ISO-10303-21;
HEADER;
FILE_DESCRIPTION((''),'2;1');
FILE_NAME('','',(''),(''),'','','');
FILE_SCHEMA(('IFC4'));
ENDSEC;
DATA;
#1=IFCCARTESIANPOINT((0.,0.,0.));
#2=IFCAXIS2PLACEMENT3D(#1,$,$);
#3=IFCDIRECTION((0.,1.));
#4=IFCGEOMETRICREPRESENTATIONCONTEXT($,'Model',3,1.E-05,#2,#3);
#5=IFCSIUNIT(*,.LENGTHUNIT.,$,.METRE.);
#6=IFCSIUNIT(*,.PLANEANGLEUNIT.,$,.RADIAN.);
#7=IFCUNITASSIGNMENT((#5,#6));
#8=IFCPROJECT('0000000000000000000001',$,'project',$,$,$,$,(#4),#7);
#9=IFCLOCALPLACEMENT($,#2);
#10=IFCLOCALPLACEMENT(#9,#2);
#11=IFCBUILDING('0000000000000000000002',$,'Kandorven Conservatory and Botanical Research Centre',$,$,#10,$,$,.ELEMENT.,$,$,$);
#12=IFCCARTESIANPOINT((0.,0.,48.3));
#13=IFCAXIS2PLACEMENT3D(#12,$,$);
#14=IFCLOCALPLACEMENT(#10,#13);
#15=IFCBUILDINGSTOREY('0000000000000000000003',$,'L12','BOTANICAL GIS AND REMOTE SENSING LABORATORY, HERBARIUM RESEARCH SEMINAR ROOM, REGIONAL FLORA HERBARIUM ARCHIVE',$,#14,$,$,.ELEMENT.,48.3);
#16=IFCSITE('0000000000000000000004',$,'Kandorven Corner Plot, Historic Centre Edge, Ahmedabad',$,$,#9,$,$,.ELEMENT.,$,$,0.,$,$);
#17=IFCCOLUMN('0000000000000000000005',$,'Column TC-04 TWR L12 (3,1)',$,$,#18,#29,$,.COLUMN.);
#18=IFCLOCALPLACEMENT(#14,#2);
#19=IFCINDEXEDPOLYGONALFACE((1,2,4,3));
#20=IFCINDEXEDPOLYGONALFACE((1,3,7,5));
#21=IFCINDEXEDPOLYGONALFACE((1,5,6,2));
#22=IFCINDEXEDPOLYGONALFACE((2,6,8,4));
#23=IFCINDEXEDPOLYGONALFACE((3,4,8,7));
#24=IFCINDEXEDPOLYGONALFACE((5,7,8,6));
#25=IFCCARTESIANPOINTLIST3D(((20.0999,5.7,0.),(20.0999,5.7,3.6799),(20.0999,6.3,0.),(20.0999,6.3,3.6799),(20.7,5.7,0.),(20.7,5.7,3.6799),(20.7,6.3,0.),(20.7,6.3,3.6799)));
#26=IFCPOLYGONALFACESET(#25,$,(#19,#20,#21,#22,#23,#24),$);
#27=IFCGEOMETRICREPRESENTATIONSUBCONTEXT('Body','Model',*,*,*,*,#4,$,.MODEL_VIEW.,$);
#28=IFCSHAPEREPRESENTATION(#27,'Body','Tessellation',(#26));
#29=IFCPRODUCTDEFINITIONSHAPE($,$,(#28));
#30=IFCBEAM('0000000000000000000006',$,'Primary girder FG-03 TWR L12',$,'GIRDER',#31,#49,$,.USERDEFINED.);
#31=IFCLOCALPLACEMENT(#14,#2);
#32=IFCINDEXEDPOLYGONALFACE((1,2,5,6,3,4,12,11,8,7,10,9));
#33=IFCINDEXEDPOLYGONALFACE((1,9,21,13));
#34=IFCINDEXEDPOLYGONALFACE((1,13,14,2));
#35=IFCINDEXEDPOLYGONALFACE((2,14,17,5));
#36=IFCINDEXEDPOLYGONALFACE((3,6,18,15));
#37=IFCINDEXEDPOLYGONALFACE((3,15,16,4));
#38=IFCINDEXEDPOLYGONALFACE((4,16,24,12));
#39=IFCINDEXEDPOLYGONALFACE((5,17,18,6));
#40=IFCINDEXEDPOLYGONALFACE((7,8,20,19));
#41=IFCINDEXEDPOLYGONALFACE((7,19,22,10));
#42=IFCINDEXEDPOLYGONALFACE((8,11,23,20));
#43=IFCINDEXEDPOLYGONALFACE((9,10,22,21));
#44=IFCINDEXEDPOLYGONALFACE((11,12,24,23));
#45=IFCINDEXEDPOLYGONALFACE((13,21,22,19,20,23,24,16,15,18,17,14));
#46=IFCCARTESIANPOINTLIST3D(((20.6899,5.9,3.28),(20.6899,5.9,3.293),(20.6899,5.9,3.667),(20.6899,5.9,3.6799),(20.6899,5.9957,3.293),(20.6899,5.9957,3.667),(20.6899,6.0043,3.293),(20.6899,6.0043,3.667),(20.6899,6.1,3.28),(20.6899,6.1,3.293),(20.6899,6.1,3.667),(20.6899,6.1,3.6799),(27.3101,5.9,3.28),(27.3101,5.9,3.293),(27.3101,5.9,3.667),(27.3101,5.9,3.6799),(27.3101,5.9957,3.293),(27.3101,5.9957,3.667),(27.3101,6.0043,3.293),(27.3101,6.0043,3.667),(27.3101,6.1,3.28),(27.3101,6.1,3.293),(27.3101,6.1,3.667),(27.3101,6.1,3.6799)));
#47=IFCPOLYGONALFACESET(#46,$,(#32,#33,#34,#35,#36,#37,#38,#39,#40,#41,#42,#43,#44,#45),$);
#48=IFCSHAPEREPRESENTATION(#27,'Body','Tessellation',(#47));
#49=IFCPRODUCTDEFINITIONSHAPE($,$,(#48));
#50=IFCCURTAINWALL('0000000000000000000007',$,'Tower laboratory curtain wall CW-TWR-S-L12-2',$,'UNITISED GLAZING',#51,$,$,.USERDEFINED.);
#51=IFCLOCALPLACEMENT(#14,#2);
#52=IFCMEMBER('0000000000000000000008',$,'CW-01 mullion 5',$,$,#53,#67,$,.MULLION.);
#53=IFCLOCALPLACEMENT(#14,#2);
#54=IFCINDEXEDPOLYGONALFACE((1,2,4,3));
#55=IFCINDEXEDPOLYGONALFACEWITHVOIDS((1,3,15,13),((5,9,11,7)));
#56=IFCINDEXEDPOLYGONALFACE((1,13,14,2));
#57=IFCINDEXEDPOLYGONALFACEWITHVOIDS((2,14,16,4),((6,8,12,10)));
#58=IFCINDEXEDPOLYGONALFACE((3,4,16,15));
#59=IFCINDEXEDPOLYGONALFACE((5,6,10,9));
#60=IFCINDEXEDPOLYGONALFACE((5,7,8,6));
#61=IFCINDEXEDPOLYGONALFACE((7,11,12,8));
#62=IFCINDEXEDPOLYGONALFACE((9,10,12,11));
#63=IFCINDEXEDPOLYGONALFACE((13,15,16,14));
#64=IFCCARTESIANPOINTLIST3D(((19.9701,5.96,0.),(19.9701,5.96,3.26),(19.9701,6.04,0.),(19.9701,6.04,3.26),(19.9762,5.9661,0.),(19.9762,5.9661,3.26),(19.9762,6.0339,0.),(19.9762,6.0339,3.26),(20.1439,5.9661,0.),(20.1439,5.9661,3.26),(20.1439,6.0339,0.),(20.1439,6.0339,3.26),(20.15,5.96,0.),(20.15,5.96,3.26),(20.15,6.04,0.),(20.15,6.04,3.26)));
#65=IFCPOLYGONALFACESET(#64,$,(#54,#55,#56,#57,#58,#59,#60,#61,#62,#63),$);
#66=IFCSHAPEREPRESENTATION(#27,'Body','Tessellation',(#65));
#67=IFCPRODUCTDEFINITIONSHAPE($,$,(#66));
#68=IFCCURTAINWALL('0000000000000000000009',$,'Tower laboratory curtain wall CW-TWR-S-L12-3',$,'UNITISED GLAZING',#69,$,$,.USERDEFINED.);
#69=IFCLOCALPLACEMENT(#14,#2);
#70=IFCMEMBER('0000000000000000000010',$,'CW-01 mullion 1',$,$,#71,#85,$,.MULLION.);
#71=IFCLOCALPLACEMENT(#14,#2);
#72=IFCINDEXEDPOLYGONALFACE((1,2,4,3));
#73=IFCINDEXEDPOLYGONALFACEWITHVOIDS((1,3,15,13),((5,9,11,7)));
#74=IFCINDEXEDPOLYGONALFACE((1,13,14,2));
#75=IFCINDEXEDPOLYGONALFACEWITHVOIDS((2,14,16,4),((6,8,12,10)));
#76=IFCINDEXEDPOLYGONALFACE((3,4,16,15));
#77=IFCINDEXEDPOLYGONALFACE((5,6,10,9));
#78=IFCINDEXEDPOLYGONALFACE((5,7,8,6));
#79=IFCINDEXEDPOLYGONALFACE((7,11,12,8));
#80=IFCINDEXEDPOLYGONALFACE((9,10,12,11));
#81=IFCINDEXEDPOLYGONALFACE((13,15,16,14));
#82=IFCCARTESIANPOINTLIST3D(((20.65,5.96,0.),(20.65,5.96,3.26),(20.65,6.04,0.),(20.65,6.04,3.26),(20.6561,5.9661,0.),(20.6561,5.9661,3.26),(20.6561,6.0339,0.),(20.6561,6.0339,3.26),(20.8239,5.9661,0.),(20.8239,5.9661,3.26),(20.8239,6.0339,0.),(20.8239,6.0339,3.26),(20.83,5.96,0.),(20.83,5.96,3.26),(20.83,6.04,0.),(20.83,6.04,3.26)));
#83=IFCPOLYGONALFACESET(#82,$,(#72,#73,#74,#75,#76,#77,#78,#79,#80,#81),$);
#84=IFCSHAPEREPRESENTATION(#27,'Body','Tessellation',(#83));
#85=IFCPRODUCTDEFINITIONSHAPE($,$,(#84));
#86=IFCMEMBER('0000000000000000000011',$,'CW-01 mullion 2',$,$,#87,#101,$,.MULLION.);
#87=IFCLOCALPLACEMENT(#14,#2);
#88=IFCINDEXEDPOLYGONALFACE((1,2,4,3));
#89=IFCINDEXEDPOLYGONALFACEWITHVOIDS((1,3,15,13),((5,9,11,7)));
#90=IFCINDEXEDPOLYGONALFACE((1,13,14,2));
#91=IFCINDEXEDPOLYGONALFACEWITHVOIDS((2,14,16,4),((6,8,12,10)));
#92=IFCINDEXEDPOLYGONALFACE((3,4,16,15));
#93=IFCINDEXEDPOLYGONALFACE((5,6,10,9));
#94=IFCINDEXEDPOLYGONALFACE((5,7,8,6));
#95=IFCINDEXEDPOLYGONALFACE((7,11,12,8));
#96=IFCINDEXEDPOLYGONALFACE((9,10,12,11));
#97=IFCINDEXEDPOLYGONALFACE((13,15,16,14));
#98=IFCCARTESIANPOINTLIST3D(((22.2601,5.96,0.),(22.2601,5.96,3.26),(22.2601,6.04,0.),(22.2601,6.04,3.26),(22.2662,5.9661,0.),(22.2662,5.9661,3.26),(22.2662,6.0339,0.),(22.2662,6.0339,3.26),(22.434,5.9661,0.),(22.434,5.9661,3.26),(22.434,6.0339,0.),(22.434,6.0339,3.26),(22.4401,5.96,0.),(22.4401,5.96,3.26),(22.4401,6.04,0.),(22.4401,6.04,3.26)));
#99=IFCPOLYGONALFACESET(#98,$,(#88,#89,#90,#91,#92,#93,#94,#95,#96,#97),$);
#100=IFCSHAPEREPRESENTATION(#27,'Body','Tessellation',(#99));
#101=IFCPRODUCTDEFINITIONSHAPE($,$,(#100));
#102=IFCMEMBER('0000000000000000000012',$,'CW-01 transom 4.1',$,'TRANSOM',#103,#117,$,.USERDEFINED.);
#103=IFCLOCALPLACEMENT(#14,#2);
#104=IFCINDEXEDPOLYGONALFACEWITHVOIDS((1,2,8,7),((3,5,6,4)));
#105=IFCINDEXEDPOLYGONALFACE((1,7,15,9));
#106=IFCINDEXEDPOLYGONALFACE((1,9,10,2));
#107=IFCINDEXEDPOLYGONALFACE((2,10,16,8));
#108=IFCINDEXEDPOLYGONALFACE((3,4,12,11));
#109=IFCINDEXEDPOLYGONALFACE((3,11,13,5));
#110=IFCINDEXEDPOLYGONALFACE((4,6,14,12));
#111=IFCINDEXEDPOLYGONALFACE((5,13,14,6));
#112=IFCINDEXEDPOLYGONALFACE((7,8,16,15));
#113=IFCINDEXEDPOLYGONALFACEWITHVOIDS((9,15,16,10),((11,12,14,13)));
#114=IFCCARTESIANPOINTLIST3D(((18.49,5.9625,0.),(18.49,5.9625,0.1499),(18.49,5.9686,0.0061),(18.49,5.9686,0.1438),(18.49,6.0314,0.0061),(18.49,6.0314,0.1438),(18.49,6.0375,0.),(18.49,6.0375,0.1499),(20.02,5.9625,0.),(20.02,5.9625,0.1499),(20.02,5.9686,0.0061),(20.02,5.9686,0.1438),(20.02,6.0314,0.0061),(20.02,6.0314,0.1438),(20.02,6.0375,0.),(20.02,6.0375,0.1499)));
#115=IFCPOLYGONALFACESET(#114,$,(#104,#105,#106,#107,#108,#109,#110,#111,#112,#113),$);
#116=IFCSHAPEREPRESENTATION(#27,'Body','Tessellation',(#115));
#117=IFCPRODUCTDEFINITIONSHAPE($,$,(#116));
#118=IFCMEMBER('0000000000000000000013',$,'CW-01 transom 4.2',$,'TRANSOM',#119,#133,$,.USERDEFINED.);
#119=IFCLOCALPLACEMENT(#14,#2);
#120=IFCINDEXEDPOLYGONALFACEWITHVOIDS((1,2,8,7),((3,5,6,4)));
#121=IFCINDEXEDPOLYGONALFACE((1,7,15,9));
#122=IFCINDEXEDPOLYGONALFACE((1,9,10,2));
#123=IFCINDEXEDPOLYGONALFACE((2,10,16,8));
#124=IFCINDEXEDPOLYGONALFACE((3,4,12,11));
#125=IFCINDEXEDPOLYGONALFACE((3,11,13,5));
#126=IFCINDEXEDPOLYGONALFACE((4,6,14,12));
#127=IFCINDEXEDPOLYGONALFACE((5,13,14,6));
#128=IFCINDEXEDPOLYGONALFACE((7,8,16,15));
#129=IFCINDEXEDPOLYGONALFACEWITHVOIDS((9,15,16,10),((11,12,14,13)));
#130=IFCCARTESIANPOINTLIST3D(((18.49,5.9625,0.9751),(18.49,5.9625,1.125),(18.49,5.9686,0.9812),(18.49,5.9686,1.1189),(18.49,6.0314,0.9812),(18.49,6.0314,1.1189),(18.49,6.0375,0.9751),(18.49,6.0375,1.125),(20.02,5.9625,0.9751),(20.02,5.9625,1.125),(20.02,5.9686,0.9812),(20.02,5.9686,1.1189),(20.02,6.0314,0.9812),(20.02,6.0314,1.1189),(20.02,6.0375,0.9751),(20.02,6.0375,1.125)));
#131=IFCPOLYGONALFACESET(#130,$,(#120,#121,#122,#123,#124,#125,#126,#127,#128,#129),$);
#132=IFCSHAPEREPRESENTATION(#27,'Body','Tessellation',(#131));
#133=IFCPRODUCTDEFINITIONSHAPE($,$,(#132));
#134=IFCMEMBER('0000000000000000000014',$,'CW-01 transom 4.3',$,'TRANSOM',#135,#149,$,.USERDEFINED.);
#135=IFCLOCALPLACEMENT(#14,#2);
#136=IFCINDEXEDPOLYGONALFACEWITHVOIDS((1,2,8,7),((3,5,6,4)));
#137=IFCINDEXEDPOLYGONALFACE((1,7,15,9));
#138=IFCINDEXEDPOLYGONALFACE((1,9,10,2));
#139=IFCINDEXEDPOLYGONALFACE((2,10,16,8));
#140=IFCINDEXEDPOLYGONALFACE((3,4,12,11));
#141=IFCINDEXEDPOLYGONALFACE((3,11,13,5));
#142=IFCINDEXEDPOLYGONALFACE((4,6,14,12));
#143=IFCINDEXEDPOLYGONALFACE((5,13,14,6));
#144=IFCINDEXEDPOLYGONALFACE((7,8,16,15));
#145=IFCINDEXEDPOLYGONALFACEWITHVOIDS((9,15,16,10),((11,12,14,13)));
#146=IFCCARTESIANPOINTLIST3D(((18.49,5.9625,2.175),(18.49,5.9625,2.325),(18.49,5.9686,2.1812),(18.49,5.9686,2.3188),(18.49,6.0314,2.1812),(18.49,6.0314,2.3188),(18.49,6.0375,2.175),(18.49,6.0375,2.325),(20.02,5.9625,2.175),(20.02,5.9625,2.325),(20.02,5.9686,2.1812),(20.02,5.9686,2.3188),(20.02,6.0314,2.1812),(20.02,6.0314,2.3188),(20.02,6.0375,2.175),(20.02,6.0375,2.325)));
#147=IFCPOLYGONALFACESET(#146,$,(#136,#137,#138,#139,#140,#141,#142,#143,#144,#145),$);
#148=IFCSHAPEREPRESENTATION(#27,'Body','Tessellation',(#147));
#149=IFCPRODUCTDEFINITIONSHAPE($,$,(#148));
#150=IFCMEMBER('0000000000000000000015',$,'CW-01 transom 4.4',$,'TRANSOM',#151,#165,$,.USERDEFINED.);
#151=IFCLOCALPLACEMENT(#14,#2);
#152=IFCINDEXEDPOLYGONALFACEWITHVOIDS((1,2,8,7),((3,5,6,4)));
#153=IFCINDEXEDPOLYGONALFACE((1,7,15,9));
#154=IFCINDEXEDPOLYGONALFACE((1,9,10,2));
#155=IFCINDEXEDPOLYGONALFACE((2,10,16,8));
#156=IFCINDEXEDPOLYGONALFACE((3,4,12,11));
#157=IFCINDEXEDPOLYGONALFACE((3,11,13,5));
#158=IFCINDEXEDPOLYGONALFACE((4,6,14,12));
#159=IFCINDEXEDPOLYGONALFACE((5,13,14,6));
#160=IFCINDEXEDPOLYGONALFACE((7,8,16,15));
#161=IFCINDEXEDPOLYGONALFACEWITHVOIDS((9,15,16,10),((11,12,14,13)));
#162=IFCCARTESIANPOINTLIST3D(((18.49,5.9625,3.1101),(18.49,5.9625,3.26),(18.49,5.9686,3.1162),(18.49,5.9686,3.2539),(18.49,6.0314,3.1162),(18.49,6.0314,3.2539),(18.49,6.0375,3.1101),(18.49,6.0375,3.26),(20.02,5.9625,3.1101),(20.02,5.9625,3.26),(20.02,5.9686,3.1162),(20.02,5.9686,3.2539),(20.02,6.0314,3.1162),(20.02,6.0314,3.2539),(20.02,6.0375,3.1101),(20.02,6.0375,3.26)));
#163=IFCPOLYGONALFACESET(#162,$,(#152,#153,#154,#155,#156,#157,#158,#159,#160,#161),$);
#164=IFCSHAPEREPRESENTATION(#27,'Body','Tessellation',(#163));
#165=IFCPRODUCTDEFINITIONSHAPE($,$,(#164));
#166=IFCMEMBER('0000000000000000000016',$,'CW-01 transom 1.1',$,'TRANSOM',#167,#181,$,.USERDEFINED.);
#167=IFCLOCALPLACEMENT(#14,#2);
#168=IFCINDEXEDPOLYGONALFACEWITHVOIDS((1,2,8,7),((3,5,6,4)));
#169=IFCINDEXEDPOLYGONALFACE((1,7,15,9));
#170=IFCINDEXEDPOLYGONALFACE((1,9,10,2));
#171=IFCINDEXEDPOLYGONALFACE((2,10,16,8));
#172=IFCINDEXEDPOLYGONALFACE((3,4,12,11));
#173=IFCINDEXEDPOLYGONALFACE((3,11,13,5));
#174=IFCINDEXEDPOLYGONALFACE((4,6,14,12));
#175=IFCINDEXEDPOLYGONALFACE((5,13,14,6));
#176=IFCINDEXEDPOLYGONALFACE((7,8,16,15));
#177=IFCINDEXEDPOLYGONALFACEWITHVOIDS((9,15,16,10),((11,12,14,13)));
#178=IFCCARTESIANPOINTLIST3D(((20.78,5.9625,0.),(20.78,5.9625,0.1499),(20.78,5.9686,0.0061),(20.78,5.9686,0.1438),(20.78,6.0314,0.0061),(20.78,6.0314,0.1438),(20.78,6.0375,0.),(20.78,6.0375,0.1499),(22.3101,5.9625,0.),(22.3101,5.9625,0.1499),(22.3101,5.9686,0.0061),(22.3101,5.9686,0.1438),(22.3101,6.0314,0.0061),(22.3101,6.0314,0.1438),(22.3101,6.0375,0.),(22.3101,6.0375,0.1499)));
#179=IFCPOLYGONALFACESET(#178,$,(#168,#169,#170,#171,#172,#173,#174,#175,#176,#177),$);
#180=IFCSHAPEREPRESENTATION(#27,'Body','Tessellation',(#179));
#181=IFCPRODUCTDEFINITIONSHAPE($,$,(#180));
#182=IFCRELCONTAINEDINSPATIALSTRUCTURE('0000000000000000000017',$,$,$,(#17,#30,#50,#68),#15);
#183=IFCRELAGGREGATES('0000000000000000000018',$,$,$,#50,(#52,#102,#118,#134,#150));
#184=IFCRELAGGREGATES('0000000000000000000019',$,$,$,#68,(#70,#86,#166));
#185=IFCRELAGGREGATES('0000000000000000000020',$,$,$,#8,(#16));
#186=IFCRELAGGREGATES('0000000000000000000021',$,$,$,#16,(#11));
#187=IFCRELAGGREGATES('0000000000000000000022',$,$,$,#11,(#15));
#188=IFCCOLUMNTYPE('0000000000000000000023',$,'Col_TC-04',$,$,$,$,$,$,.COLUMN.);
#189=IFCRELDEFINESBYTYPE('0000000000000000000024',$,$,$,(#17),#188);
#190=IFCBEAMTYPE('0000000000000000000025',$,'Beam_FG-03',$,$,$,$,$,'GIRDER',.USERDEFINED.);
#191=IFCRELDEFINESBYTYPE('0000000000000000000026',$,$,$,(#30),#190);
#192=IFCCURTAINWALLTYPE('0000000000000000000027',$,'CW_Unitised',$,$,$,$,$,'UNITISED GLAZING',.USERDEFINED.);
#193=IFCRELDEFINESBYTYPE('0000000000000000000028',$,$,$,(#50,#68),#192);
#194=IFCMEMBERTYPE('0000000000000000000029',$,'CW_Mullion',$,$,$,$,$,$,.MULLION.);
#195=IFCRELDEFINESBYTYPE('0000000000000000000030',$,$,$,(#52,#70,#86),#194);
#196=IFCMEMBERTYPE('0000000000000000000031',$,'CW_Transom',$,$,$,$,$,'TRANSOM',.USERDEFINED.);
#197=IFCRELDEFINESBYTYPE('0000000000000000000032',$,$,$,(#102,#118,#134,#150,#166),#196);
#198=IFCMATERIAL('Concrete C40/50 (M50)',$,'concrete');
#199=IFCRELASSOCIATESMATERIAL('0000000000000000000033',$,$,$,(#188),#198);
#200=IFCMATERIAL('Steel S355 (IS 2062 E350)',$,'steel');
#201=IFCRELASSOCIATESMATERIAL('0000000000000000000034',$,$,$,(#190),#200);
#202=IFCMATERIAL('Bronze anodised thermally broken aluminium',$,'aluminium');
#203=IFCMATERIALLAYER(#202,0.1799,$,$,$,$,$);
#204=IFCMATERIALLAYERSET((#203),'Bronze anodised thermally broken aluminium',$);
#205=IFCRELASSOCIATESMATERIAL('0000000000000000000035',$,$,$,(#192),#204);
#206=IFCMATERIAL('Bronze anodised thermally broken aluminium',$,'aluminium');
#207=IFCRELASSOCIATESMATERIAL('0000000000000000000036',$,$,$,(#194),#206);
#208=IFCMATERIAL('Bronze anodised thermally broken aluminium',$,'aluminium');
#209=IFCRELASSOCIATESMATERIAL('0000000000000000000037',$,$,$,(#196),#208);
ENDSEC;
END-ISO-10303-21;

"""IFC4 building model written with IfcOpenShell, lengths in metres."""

from ifc_helpers import new_model, si_unit, direction, frame, origin, origin_2d, place, context, subcontext, project, spatial, rectangle, hollow_rectangle, i_section, extrude, material, layer, layer_set, material_profile, profile_set, type_object, element, aggregate, save


model = new_model("IFC4")

# Units and contexts
model_context = context("Model", 3, precision=1e-05, world=origin(), true_north=direction((0.0, 1.0)))
body_context = subcontext(model_context, "Body", "Model", "MODEL_VIEW")
ifc_project = project(units=[si_unit("LENGTHUNIT", "METRE"), si_unit("PLANEANGLEUNIT", "RADIAN")], contexts=[model_context])

# Site, building, storey
site_placement = place(None, origin())
site = spatial("IfcSite", under=ifc_project, at=site_placement, Name="Kandorven Corner Plot, Historic Centre Edge, Ahmedabad", CompositionType="ELEMENT", RefElevation=0.0)
building_placement = place(site_placement, origin())
building = spatial("IfcBuilding", under=site, at=building_placement, Name="Kandorven Conservatory and Botanical Research Centre", CompositionType="ELEMENT")
storey_placement = place(building_placement, frame((0.0, 0.0, 48.3)))
storey = spatial("IfcBuildingStorey", under=building, at=storey_placement, Name="L12", Description="BOTANICAL GIS AND REMOTE SENSING LABORATORY, HERBARIUM RESEARCH SEMINAR ROOM, REGIONAL FLORA HERBARIUM ARCHIVE", CompositionType="ELEMENT", Elevation=48.3)

# Column
ifc_material_1 = material(Name="Concrete C40/50 (M50)", Category="concrete")
ifc_material_profile_1 = material_profile(ifc_material_1, rectangle(XDim=0.6001, YDim=0.6001, at=origin_2d()))
ifc_profile_set_1 = profile_set([ifc_material_profile_1], Name="Concrete C40/50 (M50)")
column_type = type_object("IfcColumnType", Name="Col_TC-04", PredefinedType="COLUMN", material=ifc_profile_set_1)
column_placement = place(storey_placement, frame((20.3999, 6.0, 0.0), z_axis=(0.0, 0.0, 1.0), x_axis=(1.0, 0.0, 0.0)))
element("IfcColumn", 1, at=column_placement, inside=storey, type_object=column_type, Name="Column TC-04 TWR L12 (3,1)", PredefinedType="COLUMN", context=body_context, shape_type="SweptSolid", body=[
    extrude(rectangle(XDim=0.6001, YDim=0.6001, at=origin_2d()), origin(), (0.0, 0.0, 1.0), 3.6799),
])

# Beam
ifc_material_2 = material(Name="Steel S355 (IS 2062 E350)", Category="steel")
ifc_material_profile_2 = material_profile(ifc_material_2, i_section(OverallWidth=0.2, OverallDepth=0.3999, WebThickness=0.0085, FlangeThickness=0.0129, at=origin_2d()))
ifc_profile_set_2 = profile_set([ifc_material_profile_2], Name="Steel S355 (IS 2062 E350)")
beam_type = type_object("IfcBeamType", Name="Beam_FG-03", ElementType="GIRDER", PredefinedType="USERDEFINED", material=ifc_profile_set_2)
beam_placement = place(storey_placement, frame((20.6899, 6.0, 3.48), z_axis=(1.0, 0.0, 0.0), x_axis=(0.0, 1.0, 0.0)))
element("IfcBeam", 2, at=beam_placement, inside=storey, type_object=beam_type, Name="Primary girder FG-03 TWR L12", ObjectType="GIRDER", PredefinedType="USERDEFINED", context=body_context, shape_type="SweptSolid", body=[
    extrude(i_section(OverallWidth=0.2, OverallDepth=0.3999, WebThickness=0.0085, FlangeThickness=0.0129, at=origin_2d()), origin(), (0.0, 0.0, 1.0), 6.6201),
])

# Curtain wall, member
ifc_material_3 = material(Name="Bronze anodised thermally broken aluminium", Category="aluminium")
ifc_layer_1 = layer(ifc_material_3, 0.1799)
ifc_layer_set_1 = layer_set([ifc_layer_1], Name="Bronze anodised thermally broken aluminium")
curtain_wall_type = type_object("IfcCurtainWallType", Name="CW_Unitised", ElementType="UNITISED GLAZING", PredefinedType="USERDEFINED", material=ifc_layer_set_1)
curtain_wall_1_placement = place(storey_placement, origin())
curtain_wall_1 = element("IfcCurtainWall", 3, at=curtain_wall_1_placement, inside=storey, type_object=curtain_wall_type, Name="Tower laboratory curtain wall CW-TWR-S-L12-2", ObjectType="UNITISED GLAZING", PredefinedType="USERDEFINED")
ifc_material_4 = material(Name="Bronze anodised thermally broken aluminium", Category="aluminium")
ifc_material_profile_3 = material_profile(ifc_material_4, hollow_rectangle(XDim=0.0801, YDim=0.1799, WallThickness=0.0061, at=origin_2d()))
ifc_profile_set_3 = profile_set([ifc_material_profile_3], Name="Bronze anodised thermally broken aluminium")
member_type_1 = type_object("IfcMemberType", Name="CW_Mullion", PredefinedType="MULLION", material=ifc_profile_set_3)
member_1_placement = place(storey_placement, frame((20.0601, 6.0, 0.0), z_axis=(0.0, 0.0, 1.0), x_axis=(0.0, 1.0, 0.0)))
member_1 = element("IfcMember", 4, at=member_1_placement, type_object=member_type_1, Name="CW-01 mullion 5", PredefinedType="MULLION", context=body_context, shape_type="SweptSolid", body=[
    extrude(hollow_rectangle(XDim=0.0801, YDim=0.1799, WallThickness=0.0061, at=origin_2d()), origin(), (0.0, 0.0, 1.0), 3.26),
])

# Curtain wall, members
curtain_wall_2_placement = place(storey_placement, origin())
curtain_wall_2 = element("IfcCurtainWall", 5, at=curtain_wall_2_placement, inside=storey, type_object=curtain_wall_type, Name="Tower laboratory curtain wall CW-TWR-S-L12-3", ObjectType="UNITISED GLAZING", PredefinedType="USERDEFINED")
member_2_placement = place(storey_placement, frame((20.74, 6.0, 0.0), z_axis=(0.0, 0.0, 1.0), x_axis=(0.0, 1.0, 0.0)))
member_2 = element("IfcMember", 6, at=member_2_placement, type_object=member_type_1, Name="CW-01 mullion 1", PredefinedType="MULLION", context=body_context, shape_type="SweptSolid", body=[
    extrude(hollow_rectangle(XDim=0.0801, YDim=0.1799, WallThickness=0.0061, at=origin_2d()), origin(), (0.0, 0.0, 1.0), 3.26),
])
member_3_placement = place(storey_placement, frame((22.3501, 6.0, 0.0), z_axis=(0.0, 0.0, 1.0), x_axis=(0.0, 1.0, 0.0)))
member_3 = element("IfcMember", 7, at=member_3_placement, type_object=member_type_1, Name="CW-01 mullion 2", PredefinedType="MULLION", context=body_context, shape_type="SweptSolid", body=[
    extrude(hollow_rectangle(XDim=0.0801, YDim=0.1799, WallThickness=0.0061, at=origin_2d()), origin(), (0.0, 0.0, 1.0), 3.26),
])

# Members
ifc_material_5 = material(Name="Bronze anodised thermally broken aluminium", Category="aluminium")
ifc_material_profile_4 = material_profile(ifc_material_5, hollow_rectangle(XDim=0.075, YDim=0.1499, WallThickness=0.0061, at=origin_2d()))
ifc_profile_set_4 = profile_set([ifc_material_profile_4], Name="Bronze anodised thermally broken aluminium")
member_type_2 = type_object("IfcMemberType", Name="CW_Transom", ElementType="TRANSOM", PredefinedType="USERDEFINED", material=ifc_profile_set_4)
member_4_placement = place(storey_placement, frame((18.49, 6.0, 0.075), z_axis=(1.0, 0.0, 0.0), x_axis=(0.0, 1.0, 0.0)))
member_4 = element("IfcMember", 8, at=member_4_placement, type_object=member_type_2, Name="CW-01 transom 4.1", ObjectType="TRANSOM", PredefinedType="USERDEFINED", context=body_context, shape_type="SweptSolid", body=[
    extrude(hollow_rectangle(XDim=0.075, YDim=0.1499, WallThickness=0.0061, at=origin_2d()), origin(), (0.0, 0.0, 1.0), 1.53),
])
member_5_placement = place(storey_placement, frame((18.49, 6.0, 1.05), z_axis=(1.0, 0.0, 0.0), x_axis=(0.0, 1.0, 0.0)))
member_5 = element("IfcMember", 9, at=member_5_placement, type_object=member_type_2, Name="CW-01 transom 4.2", ObjectType="TRANSOM", PredefinedType="USERDEFINED", context=body_context, shape_type="SweptSolid", body=[
    extrude(hollow_rectangle(XDim=0.075, YDim=0.1499, WallThickness=0.0061, at=origin_2d()), origin(), (0.0, 0.0, 1.0), 1.53),
])
member_6_placement = place(storey_placement, frame((18.49, 6.0, 2.25), z_axis=(1.0, 0.0, 0.0), x_axis=(0.0, 1.0, 0.0)))
member_6 = element("IfcMember", 10, at=member_6_placement, type_object=member_type_2, Name="CW-01 transom 4.3", ObjectType="TRANSOM", PredefinedType="USERDEFINED", context=body_context, shape_type="SweptSolid", body=[
    extrude(hollow_rectangle(XDim=0.075, YDim=0.1499, WallThickness=0.0061, at=origin_2d()), origin(), (0.0, 0.0, 1.0), 1.53),
])
member_7_placement = place(storey_placement, frame((18.49, 6.0, 3.1851), z_axis=(1.0, 0.0, 0.0), x_axis=(0.0, 1.0, 0.0)))
member_7 = element("IfcMember", 11, at=member_7_placement, type_object=member_type_2, Name="CW-01 transom 4.4", ObjectType="TRANSOM", PredefinedType="USERDEFINED", context=body_context, shape_type="SweptSolid", body=[
    extrude(hollow_rectangle(XDim=0.075, YDim=0.1499, WallThickness=0.0061, at=origin_2d()), origin(), (0.0, 0.0, 1.0), 1.53),
])
member_8_placement = place(storey_placement, frame((20.78, 6.0, 0.075), z_axis=(1.0, 0.0, 0.0), x_axis=(0.0, 1.0, 0.0)))
member_8 = element("IfcMember", 12, at=member_8_placement, type_object=member_type_2, Name="CW-01 transom 1.1", ObjectType="TRANSOM", PredefinedType="USERDEFINED", context=body_context, shape_type="SweptSolid", body=[
    extrude(hollow_rectangle(XDim=0.075, YDim=0.1499, WallThickness=0.0061, at=origin_2d()), origin(), (0.0, 0.0, 1.0), 1.53),
])

aggregate(curtain_wall_1, [member_1, member_4, member_5, member_6, member_7])
aggregate(curtain_wall_2, [member_2, member_3, member_8])

save(model, "model.ifc")
